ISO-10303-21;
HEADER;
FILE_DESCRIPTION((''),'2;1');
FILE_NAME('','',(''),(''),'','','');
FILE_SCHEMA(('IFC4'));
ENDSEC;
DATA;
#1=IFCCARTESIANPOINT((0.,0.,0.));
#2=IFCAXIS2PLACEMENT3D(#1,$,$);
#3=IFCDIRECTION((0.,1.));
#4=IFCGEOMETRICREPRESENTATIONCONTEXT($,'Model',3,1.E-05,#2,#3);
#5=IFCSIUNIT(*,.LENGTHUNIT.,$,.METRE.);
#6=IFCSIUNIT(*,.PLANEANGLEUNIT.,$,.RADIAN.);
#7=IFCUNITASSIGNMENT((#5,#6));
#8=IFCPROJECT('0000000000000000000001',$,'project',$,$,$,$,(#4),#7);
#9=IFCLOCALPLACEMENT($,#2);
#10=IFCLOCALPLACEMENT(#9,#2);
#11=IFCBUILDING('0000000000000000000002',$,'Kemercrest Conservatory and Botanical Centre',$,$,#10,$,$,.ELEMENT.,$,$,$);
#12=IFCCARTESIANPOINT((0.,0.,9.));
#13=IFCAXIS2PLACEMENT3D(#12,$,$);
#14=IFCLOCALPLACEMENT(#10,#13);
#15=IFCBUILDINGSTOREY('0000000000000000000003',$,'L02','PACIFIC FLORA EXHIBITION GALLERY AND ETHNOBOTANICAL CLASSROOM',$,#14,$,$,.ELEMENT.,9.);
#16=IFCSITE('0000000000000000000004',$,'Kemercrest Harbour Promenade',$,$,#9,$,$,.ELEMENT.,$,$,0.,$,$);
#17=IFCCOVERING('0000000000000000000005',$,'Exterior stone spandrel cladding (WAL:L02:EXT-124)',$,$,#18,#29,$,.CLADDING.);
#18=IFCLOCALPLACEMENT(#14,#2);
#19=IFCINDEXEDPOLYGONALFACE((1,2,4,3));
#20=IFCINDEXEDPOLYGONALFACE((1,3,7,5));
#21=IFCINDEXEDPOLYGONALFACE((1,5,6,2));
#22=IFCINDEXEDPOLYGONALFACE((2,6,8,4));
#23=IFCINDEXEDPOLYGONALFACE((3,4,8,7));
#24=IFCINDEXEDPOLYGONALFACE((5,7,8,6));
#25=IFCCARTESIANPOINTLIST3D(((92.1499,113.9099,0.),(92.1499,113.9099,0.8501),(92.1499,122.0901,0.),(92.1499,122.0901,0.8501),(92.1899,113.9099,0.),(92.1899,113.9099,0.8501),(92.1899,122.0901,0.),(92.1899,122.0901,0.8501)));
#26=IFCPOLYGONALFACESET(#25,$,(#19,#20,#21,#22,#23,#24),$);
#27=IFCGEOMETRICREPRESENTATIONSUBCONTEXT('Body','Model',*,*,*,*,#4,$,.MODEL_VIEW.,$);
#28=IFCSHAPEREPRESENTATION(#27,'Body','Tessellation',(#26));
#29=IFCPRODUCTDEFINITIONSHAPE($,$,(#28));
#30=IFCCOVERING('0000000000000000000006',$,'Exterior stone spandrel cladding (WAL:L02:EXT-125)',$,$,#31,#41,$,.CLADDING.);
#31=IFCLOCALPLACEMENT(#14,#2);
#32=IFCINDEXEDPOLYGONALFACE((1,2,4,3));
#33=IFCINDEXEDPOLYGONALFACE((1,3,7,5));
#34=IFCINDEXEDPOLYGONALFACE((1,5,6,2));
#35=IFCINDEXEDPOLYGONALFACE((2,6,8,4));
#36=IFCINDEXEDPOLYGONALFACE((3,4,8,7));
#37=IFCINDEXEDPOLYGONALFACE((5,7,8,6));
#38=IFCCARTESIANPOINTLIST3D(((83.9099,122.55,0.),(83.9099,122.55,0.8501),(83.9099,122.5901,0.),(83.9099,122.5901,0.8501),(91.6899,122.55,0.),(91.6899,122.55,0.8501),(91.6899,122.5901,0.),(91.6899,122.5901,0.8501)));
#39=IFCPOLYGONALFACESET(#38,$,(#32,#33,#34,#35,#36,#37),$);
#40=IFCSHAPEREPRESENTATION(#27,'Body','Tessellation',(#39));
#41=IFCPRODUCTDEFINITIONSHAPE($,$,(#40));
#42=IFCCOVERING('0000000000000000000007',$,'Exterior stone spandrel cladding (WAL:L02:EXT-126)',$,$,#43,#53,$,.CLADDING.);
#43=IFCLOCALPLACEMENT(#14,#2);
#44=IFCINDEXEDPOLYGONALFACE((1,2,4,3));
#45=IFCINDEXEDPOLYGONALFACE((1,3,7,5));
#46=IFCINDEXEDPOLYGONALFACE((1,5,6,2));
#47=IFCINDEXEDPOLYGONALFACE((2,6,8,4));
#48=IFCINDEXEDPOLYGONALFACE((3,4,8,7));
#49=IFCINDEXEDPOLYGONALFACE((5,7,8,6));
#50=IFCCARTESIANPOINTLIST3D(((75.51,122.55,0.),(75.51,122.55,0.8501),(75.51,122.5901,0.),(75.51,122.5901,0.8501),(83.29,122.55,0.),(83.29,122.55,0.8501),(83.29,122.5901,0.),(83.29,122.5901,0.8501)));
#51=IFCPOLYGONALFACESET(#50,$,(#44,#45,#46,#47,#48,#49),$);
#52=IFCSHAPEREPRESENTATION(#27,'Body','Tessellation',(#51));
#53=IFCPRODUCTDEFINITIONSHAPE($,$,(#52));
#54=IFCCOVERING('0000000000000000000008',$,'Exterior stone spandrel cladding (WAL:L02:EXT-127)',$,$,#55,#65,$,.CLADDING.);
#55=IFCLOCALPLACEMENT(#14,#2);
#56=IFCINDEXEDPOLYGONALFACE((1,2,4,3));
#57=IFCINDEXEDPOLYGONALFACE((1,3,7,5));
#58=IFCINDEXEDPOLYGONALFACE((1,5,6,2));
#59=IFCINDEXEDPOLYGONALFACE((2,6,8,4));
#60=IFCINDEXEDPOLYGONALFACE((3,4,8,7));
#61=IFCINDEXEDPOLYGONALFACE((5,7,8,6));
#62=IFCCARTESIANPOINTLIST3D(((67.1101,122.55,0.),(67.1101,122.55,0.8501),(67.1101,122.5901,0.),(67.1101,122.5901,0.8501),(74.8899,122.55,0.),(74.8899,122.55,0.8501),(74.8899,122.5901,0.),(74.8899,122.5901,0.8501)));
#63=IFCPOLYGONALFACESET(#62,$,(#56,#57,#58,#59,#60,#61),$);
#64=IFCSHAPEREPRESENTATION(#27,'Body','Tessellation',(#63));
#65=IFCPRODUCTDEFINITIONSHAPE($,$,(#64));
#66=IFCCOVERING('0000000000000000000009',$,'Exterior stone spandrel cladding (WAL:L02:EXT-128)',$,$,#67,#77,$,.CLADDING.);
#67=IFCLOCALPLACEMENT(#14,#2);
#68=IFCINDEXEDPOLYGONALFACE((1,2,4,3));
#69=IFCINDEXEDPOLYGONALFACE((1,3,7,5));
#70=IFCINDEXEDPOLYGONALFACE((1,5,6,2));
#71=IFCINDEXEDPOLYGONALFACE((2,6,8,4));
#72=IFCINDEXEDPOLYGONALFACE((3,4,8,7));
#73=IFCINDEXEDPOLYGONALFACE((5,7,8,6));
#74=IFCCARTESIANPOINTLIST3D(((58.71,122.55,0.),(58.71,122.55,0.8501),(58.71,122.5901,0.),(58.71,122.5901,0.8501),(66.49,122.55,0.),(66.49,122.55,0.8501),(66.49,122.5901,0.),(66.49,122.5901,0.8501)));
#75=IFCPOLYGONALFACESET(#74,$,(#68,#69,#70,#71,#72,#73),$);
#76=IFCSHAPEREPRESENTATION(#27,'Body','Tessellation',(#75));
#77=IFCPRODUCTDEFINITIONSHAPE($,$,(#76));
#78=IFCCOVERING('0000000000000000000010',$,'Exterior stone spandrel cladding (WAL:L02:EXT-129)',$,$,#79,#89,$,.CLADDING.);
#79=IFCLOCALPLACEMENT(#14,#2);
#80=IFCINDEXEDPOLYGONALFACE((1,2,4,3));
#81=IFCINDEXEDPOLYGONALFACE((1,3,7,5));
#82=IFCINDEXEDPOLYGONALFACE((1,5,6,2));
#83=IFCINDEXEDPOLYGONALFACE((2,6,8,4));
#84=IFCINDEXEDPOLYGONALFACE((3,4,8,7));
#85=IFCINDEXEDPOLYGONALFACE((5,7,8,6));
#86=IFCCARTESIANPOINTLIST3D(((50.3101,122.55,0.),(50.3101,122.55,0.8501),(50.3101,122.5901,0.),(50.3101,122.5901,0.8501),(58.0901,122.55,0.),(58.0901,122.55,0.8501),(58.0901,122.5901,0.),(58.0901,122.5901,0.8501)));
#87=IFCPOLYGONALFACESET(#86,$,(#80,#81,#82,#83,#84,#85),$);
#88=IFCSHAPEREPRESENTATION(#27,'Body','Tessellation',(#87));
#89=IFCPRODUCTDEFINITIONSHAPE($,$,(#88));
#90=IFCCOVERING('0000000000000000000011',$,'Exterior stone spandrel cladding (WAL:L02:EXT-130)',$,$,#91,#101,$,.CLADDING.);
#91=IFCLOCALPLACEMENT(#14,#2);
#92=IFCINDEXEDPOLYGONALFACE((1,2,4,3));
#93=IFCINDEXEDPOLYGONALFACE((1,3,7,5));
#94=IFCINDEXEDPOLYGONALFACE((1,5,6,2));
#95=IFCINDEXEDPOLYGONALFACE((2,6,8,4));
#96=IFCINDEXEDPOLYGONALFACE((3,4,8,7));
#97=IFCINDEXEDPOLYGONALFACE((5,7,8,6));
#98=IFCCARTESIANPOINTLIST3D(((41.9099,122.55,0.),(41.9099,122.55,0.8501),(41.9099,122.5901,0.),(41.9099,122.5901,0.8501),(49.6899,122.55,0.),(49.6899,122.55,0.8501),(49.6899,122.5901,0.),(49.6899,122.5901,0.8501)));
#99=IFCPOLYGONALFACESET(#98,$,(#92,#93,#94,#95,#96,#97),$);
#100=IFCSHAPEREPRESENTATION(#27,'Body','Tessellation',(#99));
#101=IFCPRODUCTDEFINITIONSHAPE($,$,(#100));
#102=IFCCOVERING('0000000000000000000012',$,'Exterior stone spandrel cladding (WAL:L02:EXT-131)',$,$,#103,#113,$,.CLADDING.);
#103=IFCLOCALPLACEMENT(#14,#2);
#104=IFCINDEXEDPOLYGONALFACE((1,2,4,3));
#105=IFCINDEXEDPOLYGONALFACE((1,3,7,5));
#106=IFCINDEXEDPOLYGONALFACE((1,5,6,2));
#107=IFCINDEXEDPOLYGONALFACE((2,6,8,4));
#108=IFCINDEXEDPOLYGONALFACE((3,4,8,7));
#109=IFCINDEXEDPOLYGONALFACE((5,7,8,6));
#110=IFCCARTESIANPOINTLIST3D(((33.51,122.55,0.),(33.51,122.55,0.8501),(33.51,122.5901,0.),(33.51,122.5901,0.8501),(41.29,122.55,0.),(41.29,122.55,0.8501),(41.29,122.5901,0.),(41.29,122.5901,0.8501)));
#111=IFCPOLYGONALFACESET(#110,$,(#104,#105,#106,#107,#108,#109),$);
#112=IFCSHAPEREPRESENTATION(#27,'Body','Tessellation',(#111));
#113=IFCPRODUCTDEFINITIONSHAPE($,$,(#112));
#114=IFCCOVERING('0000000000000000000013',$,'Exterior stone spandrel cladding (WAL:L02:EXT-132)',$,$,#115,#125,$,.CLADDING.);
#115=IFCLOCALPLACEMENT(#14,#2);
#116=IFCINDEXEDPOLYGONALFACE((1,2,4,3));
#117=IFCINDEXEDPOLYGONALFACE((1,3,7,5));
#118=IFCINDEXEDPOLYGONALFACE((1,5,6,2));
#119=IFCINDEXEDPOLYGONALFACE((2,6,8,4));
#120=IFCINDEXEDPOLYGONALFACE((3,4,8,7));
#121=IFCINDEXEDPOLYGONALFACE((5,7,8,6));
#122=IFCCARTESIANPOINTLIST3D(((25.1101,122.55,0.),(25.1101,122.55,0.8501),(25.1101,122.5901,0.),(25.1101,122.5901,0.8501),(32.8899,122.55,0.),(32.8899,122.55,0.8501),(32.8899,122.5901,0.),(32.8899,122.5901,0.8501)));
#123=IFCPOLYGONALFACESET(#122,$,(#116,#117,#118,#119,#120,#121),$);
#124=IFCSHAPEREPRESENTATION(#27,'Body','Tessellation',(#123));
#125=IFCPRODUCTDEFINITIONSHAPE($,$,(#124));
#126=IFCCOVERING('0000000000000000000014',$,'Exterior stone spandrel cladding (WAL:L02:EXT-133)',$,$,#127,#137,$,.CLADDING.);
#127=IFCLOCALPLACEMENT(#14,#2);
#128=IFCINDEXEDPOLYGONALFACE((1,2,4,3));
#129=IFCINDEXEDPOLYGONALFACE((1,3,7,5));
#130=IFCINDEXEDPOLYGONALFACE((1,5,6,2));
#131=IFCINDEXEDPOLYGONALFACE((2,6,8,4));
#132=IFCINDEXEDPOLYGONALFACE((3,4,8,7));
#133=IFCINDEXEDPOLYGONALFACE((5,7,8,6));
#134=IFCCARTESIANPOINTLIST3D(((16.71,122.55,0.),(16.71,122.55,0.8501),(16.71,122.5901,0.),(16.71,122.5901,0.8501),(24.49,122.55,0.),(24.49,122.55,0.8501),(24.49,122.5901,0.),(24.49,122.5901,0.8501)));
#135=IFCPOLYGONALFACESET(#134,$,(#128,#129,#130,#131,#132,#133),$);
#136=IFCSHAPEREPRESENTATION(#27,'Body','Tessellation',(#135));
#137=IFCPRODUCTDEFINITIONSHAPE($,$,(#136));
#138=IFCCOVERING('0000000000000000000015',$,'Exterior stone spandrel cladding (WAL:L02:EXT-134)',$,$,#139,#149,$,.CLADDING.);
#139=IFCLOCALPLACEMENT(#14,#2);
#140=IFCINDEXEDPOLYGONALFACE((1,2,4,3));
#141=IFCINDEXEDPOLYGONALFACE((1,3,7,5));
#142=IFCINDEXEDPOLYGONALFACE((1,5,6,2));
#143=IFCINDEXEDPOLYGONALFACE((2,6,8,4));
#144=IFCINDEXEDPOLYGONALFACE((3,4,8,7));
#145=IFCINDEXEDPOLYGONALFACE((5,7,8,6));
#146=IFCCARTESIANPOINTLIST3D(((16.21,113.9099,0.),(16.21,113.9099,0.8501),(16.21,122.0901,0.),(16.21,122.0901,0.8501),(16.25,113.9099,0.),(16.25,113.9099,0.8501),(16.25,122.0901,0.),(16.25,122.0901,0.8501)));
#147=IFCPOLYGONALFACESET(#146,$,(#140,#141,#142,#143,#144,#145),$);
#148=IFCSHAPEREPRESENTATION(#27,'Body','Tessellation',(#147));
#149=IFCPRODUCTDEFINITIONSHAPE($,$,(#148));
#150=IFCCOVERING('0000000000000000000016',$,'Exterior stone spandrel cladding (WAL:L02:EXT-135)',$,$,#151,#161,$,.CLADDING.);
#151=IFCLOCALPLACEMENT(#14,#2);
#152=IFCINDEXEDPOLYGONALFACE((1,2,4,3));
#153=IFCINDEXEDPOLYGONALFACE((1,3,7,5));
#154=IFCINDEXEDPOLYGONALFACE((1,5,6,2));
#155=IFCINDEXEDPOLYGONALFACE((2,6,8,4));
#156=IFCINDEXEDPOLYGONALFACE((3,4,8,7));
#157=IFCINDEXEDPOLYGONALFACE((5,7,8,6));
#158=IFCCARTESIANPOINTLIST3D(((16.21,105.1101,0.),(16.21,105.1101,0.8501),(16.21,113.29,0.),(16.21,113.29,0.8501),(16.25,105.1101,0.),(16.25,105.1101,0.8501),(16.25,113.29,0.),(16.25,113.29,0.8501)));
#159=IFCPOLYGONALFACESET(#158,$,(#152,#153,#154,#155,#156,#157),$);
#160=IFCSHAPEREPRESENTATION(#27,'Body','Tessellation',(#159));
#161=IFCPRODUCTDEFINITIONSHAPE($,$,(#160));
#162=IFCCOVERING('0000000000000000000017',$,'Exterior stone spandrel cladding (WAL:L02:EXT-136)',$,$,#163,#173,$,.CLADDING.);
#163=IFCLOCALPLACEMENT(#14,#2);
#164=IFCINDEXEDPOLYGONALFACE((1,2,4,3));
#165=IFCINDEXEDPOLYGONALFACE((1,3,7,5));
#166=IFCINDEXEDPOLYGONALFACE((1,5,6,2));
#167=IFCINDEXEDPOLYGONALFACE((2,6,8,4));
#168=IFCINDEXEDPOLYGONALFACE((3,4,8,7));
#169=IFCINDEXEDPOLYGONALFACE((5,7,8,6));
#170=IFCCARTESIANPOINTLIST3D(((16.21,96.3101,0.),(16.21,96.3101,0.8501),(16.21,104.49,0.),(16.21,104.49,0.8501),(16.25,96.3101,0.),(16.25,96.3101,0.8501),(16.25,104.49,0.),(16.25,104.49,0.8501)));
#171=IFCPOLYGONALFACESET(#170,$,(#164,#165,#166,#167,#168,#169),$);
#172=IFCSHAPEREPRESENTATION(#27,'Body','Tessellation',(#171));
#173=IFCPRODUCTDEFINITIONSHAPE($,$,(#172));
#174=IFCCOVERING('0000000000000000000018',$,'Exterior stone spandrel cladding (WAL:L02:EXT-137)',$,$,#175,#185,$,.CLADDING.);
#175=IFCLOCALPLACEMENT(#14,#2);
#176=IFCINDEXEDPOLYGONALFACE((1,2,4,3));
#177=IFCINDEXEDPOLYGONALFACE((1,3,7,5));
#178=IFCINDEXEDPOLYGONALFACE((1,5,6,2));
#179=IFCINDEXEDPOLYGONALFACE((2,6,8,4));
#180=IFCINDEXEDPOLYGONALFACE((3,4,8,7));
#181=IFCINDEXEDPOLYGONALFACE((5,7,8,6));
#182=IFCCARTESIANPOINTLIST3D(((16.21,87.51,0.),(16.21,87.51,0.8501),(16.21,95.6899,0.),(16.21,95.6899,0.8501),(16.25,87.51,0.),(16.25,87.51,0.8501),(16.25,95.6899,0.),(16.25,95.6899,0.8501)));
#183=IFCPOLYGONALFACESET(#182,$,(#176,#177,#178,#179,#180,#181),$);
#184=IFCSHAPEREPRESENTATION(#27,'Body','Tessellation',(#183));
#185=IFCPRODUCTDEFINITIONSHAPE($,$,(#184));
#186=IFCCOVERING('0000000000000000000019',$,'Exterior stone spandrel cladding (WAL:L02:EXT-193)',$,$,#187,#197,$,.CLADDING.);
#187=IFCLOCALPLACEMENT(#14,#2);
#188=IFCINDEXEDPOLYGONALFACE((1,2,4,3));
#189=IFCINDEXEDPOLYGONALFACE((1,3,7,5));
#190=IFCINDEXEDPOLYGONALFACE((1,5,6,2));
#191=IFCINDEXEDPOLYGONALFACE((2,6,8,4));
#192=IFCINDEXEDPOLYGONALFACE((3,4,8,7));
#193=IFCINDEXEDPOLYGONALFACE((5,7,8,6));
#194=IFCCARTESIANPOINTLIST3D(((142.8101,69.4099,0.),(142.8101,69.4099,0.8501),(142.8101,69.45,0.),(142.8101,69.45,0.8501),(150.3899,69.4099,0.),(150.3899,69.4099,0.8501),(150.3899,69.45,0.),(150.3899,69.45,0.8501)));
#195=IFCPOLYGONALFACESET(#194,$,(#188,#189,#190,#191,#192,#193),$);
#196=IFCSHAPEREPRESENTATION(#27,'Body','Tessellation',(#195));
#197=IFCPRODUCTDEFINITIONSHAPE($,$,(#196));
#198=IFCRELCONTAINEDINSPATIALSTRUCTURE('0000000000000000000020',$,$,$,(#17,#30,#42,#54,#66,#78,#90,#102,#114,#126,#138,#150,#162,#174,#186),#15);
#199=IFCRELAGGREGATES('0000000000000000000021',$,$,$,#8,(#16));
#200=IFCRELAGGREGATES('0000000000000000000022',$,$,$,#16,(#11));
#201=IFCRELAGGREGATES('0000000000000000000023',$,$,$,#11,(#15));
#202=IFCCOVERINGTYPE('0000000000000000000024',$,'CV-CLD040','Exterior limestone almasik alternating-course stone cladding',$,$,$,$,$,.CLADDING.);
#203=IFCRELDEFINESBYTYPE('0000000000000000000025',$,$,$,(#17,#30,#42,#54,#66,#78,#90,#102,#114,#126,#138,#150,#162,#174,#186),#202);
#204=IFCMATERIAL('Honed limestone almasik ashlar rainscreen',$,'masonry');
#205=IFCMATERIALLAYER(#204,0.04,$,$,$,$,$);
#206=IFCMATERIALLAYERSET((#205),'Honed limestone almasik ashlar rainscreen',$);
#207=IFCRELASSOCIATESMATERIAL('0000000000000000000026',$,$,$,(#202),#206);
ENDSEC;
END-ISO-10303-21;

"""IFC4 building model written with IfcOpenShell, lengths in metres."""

from ifc_helpers import new_model, si_unit, direction, frame, origin, place, context, subcontext, project, spatial, polyline, outline, extrude, material, layer, layer_set, type_object, element, save


model = new_model("IFC4")

# Units and contexts
model_context = context("Model", 3, precision=1e-05, world=origin(), true_north=direction((0.0, 1.0)))
body_context = subcontext(model_context, "Body", "Model", "MODEL_VIEW")
ifc_project = project(units=[si_unit("LENGTHUNIT", "METRE"), si_unit("PLANEANGLEUNIT", "RADIAN")], contexts=[model_context])

# Site, building, storey
site_placement = place(None, origin())
site = spatial("IfcSite", under=ifc_project, at=site_placement, Name="Kemercrest Harbour Promenade", CompositionType="ELEMENT", RefElevation=0.0)
building_placement = place(site_placement, origin())
building = spatial("IfcBuilding", under=site, at=building_placement, Name="Kemercrest Conservatory and Botanical Centre", CompositionType="ELEMENT")
storey_placement = place(building_placement, frame((0.0, 0.0, 9.0)))
storey = spatial("IfcBuildingStorey", under=building, at=storey_placement, Name="L02", Description="PACIFIC FLORA EXHIBITION GALLERY AND ETHNOBOTANICAL CLASSROOM", CompositionType="ELEMENT", Elevation=9.0)

# Coverings
ifc_material = material(Name="Honed limestone almasik ashlar rainscreen", Category="masonry")
ifc_layer = layer(ifc_material, 0.04)
ifc_layer_set = layer_set([ifc_layer], Name="Honed limestone almasik ashlar rainscreen")
covering_type = type_object("IfcCoveringType", Name="CV-CLD040", Description="Exterior limestone almasik alternating-course stone cladding", PredefinedType="CLADDING", material=ifc_layer_set)
covering_1_placement = place(storey_placement, origin())
element("IfcCovering", 1, at=covering_1_placement, inside=storey, type_object=covering_type, Name="Exterior stone spandrel cladding (WAL:L02:EXT-124)", PredefinedType="CLADDING", context=body_context, shape_type="SweptSolid", body=[
    extrude(outline(polyline([(92.1499, 113.9099), (92.1899, 113.9099), (92.1899, 122.0901), (92.1499, 122.0901), (92.1499, 113.9099)])), origin(), (0.0, 0.0, 1.0), 0.8501),
])
covering_2_placement = place(storey_placement, origin())
element("IfcCovering", 2, at=covering_2_placement, inside=storey, type_object=covering_type, Name="Exterior stone spandrel cladding (WAL:L02:EXT-125)", PredefinedType="CLADDING", context=body_context, shape_type="SweptSolid", body=[
    extrude(outline(polyline([(91.6899, 122.55), (91.6899, 122.5901), (83.9099, 122.5901), (83.9099, 122.55), (91.6899, 122.55)])), origin(), (0.0, 0.0, 1.0), 0.8501),
])
covering_3_placement = place(storey_placement, origin())
element("IfcCovering", 3, at=covering_3_placement, inside=storey, type_object=covering_type, Name="Exterior stone spandrel cladding (WAL:L02:EXT-126)", PredefinedType="CLADDING", context=body_context, shape_type="SweptSolid", body=[
    extrude(outline(polyline([(83.29, 122.55), (83.29, 122.5901), (75.51, 122.5901), (75.51, 122.55), (83.29, 122.55)])), origin(), (0.0, 0.0, 1.0), 0.8501),
])
covering_4_placement = place(storey_placement, origin())
element("IfcCovering", 4, at=covering_4_placement, inside=storey, type_object=covering_type, Name="Exterior stone spandrel cladding (WAL:L02:EXT-127)", PredefinedType="CLADDING", context=body_context, shape_type="SweptSolid", body=[
    extrude(outline(polyline([(74.8899, 122.55), (74.8899, 122.5901), (67.1101, 122.5901), (67.1101, 122.55), (74.8899, 122.55)])), origin(), (0.0, 0.0, 1.0), 0.8501),
])
covering_5_placement = place(storey_placement, origin())
element("IfcCovering", 5, at=covering_5_placement, inside=storey, type_object=covering_type, Name="Exterior stone spandrel cladding (WAL:L02:EXT-128)", PredefinedType="CLADDING", context=body_context, shape_type="SweptSolid", body=[
    extrude(outline(polyline([(66.49, 122.55), (66.49, 122.5901), (58.71, 122.5901), (58.71, 122.55), (66.49, 122.55)])), origin(), (0.0, 0.0, 1.0), 0.8501),
])
covering_6_placement = place(storey_placement, origin())
element("IfcCovering", 6, at=covering_6_placement, inside=storey, type_object=covering_type, Name="Exterior stone spandrel cladding (WAL:L02:EXT-129)", PredefinedType="CLADDING", context=body_context, shape_type="SweptSolid", body=[
    extrude(outline(polyline([(58.0901, 122.55), (58.0901, 122.5901), (50.3101, 122.5901), (50.3101, 122.55), (58.0901, 122.55)])), origin(), (0.0, 0.0, 1.0), 0.8501),
])
covering_7_placement = place(storey_placement, origin())
element("IfcCovering", 7, at=covering_7_placement, inside=storey, type_object=covering_type, Name="Exterior stone spandrel cladding (WAL:L02:EXT-130)", PredefinedType="CLADDING", context=body_context, shape_type="SweptSolid", body=[
    extrude(outline(polyline([(49.6899, 122.55), (49.6899, 122.5901), (41.9099, 122.5901), (41.9099, 122.55), (49.6899, 122.55)])), origin(), (0.0, 0.0, 1.0), 0.8501),
])
covering_8_placement = place(storey_placement, origin())
element("IfcCovering", 8, at=covering_8_placement, inside=storey, type_object=covering_type, Name="Exterior stone spandrel cladding (WAL:L02:EXT-131)", PredefinedType="CLADDING", context=body_context, shape_type="SweptSolid", body=[
    extrude(outline(polyline([(41.29, 122.55), (41.29, 122.5901), (33.51, 122.5901), (33.51, 122.55), (41.29, 122.55)])), origin(), (0.0, 0.0, 1.0), 0.8501),
])
covering_9_placement = place(storey_placement, origin())
element("IfcCovering", 9, at=covering_9_placement, inside=storey, type_object=covering_type, Name="Exterior stone spandrel cladding (WAL:L02:EXT-132)", PredefinedType="CLADDING", context=body_context, shape_type="SweptSolid", body=[
    extrude(outline(polyline([(32.8899, 122.55), (32.8899, 122.5901), (25.1101, 122.5901), (25.1101, 122.55), (32.8899, 122.55)])), origin(), (0.0, 0.0, 1.0), 0.8501),
])
covering_10_placement = place(storey_placement, origin())
element("IfcCovering", 10, at=covering_10_placement, inside=storey, type_object=covering_type, Name="Exterior stone spandrel cladding (WAL:L02:EXT-133)", PredefinedType="CLADDING", context=body_context, shape_type="SweptSolid", body=[
    extrude(outline(polyline([(24.49, 122.55), (24.49, 122.5901), (16.71, 122.5901), (16.71, 122.55), (24.49, 122.55)])), origin(), (0.0, 0.0, 1.0), 0.8501),
])
covering_11_placement = place(storey_placement, origin())
element("IfcCovering", 11, at=covering_11_placement, inside=storey, type_object=covering_type, Name="Exterior stone spandrel cladding (WAL:L02:EXT-134)", PredefinedType="CLADDING", context=body_context, shape_type="SweptSolid", body=[
    extrude(outline(polyline([(16.25, 122.0901), (16.21, 122.0901), (16.21, 113.9099), (16.25, 113.9099), (16.25, 122.0901)])), origin(), (0.0, 0.0, 1.0), 0.8501),
])
covering_12_placement = place(storey_placement, origin())
element("IfcCovering", 12, at=covering_12_placement, inside=storey, type_object=covering_type, Name="Exterior stone spandrel cladding (WAL:L02:EXT-135)", PredefinedType="CLADDING", context=body_context, shape_type="SweptSolid", body=[
    extrude(outline(polyline([(16.25, 113.29), (16.21, 113.29), (16.21, 105.1101), (16.25, 105.1101), (16.25, 113.29)])), origin(), (0.0, 0.0, 1.0), 0.8501),
])
covering_13_placement = place(storey_placement, origin())
element("IfcCovering", 13, at=covering_13_placement, inside=storey, type_object=covering_type, Name="Exterior stone spandrel cladding (WAL:L02:EXT-136)", PredefinedType="CLADDING", context=body_context, shape_type="SweptSolid", body=[
    extrude(outline(polyline([(16.25, 104.49), (16.21, 104.49), (16.21, 96.3101), (16.25, 96.3101), (16.25, 104.49)])), origin(), (0.0, 0.0, 1.0), 0.8501),
])
covering_14_placement = place(storey_placement, origin())
element("IfcCovering", 14, at=covering_14_placement, inside=storey, type_object=covering_type, Name="Exterior stone spandrel cladding (WAL:L02:EXT-137)", PredefinedType="CLADDING", context=body_context, shape_type="SweptSolid", body=[
    extrude(outline(polyline([(16.25, 95.6899), (16.21, 95.6899), (16.21, 87.51), (16.25, 87.51), (16.25, 95.6899)])), origin(), (0.0, 0.0, 1.0), 0.8501),
])
covering_15_placement = place(storey_placement, origin())
element("IfcCovering", 15, at=covering_15_placement, inside=storey, type_object=covering_type, Name="Exterior stone spandrel cladding (WAL:L02:EXT-193)", PredefinedType="CLADDING", context=body_context, shape_type="SweptSolid", body=[
    extrude(outline(polyline([(142.8101, 69.45), (142.8101, 69.4099), (150.3899, 69.4099), (150.3899, 69.45), (142.8101, 69.45)])), origin(), (0.0, 0.0, 1.0), 0.8501),
])

save(model, "model.ifc")
